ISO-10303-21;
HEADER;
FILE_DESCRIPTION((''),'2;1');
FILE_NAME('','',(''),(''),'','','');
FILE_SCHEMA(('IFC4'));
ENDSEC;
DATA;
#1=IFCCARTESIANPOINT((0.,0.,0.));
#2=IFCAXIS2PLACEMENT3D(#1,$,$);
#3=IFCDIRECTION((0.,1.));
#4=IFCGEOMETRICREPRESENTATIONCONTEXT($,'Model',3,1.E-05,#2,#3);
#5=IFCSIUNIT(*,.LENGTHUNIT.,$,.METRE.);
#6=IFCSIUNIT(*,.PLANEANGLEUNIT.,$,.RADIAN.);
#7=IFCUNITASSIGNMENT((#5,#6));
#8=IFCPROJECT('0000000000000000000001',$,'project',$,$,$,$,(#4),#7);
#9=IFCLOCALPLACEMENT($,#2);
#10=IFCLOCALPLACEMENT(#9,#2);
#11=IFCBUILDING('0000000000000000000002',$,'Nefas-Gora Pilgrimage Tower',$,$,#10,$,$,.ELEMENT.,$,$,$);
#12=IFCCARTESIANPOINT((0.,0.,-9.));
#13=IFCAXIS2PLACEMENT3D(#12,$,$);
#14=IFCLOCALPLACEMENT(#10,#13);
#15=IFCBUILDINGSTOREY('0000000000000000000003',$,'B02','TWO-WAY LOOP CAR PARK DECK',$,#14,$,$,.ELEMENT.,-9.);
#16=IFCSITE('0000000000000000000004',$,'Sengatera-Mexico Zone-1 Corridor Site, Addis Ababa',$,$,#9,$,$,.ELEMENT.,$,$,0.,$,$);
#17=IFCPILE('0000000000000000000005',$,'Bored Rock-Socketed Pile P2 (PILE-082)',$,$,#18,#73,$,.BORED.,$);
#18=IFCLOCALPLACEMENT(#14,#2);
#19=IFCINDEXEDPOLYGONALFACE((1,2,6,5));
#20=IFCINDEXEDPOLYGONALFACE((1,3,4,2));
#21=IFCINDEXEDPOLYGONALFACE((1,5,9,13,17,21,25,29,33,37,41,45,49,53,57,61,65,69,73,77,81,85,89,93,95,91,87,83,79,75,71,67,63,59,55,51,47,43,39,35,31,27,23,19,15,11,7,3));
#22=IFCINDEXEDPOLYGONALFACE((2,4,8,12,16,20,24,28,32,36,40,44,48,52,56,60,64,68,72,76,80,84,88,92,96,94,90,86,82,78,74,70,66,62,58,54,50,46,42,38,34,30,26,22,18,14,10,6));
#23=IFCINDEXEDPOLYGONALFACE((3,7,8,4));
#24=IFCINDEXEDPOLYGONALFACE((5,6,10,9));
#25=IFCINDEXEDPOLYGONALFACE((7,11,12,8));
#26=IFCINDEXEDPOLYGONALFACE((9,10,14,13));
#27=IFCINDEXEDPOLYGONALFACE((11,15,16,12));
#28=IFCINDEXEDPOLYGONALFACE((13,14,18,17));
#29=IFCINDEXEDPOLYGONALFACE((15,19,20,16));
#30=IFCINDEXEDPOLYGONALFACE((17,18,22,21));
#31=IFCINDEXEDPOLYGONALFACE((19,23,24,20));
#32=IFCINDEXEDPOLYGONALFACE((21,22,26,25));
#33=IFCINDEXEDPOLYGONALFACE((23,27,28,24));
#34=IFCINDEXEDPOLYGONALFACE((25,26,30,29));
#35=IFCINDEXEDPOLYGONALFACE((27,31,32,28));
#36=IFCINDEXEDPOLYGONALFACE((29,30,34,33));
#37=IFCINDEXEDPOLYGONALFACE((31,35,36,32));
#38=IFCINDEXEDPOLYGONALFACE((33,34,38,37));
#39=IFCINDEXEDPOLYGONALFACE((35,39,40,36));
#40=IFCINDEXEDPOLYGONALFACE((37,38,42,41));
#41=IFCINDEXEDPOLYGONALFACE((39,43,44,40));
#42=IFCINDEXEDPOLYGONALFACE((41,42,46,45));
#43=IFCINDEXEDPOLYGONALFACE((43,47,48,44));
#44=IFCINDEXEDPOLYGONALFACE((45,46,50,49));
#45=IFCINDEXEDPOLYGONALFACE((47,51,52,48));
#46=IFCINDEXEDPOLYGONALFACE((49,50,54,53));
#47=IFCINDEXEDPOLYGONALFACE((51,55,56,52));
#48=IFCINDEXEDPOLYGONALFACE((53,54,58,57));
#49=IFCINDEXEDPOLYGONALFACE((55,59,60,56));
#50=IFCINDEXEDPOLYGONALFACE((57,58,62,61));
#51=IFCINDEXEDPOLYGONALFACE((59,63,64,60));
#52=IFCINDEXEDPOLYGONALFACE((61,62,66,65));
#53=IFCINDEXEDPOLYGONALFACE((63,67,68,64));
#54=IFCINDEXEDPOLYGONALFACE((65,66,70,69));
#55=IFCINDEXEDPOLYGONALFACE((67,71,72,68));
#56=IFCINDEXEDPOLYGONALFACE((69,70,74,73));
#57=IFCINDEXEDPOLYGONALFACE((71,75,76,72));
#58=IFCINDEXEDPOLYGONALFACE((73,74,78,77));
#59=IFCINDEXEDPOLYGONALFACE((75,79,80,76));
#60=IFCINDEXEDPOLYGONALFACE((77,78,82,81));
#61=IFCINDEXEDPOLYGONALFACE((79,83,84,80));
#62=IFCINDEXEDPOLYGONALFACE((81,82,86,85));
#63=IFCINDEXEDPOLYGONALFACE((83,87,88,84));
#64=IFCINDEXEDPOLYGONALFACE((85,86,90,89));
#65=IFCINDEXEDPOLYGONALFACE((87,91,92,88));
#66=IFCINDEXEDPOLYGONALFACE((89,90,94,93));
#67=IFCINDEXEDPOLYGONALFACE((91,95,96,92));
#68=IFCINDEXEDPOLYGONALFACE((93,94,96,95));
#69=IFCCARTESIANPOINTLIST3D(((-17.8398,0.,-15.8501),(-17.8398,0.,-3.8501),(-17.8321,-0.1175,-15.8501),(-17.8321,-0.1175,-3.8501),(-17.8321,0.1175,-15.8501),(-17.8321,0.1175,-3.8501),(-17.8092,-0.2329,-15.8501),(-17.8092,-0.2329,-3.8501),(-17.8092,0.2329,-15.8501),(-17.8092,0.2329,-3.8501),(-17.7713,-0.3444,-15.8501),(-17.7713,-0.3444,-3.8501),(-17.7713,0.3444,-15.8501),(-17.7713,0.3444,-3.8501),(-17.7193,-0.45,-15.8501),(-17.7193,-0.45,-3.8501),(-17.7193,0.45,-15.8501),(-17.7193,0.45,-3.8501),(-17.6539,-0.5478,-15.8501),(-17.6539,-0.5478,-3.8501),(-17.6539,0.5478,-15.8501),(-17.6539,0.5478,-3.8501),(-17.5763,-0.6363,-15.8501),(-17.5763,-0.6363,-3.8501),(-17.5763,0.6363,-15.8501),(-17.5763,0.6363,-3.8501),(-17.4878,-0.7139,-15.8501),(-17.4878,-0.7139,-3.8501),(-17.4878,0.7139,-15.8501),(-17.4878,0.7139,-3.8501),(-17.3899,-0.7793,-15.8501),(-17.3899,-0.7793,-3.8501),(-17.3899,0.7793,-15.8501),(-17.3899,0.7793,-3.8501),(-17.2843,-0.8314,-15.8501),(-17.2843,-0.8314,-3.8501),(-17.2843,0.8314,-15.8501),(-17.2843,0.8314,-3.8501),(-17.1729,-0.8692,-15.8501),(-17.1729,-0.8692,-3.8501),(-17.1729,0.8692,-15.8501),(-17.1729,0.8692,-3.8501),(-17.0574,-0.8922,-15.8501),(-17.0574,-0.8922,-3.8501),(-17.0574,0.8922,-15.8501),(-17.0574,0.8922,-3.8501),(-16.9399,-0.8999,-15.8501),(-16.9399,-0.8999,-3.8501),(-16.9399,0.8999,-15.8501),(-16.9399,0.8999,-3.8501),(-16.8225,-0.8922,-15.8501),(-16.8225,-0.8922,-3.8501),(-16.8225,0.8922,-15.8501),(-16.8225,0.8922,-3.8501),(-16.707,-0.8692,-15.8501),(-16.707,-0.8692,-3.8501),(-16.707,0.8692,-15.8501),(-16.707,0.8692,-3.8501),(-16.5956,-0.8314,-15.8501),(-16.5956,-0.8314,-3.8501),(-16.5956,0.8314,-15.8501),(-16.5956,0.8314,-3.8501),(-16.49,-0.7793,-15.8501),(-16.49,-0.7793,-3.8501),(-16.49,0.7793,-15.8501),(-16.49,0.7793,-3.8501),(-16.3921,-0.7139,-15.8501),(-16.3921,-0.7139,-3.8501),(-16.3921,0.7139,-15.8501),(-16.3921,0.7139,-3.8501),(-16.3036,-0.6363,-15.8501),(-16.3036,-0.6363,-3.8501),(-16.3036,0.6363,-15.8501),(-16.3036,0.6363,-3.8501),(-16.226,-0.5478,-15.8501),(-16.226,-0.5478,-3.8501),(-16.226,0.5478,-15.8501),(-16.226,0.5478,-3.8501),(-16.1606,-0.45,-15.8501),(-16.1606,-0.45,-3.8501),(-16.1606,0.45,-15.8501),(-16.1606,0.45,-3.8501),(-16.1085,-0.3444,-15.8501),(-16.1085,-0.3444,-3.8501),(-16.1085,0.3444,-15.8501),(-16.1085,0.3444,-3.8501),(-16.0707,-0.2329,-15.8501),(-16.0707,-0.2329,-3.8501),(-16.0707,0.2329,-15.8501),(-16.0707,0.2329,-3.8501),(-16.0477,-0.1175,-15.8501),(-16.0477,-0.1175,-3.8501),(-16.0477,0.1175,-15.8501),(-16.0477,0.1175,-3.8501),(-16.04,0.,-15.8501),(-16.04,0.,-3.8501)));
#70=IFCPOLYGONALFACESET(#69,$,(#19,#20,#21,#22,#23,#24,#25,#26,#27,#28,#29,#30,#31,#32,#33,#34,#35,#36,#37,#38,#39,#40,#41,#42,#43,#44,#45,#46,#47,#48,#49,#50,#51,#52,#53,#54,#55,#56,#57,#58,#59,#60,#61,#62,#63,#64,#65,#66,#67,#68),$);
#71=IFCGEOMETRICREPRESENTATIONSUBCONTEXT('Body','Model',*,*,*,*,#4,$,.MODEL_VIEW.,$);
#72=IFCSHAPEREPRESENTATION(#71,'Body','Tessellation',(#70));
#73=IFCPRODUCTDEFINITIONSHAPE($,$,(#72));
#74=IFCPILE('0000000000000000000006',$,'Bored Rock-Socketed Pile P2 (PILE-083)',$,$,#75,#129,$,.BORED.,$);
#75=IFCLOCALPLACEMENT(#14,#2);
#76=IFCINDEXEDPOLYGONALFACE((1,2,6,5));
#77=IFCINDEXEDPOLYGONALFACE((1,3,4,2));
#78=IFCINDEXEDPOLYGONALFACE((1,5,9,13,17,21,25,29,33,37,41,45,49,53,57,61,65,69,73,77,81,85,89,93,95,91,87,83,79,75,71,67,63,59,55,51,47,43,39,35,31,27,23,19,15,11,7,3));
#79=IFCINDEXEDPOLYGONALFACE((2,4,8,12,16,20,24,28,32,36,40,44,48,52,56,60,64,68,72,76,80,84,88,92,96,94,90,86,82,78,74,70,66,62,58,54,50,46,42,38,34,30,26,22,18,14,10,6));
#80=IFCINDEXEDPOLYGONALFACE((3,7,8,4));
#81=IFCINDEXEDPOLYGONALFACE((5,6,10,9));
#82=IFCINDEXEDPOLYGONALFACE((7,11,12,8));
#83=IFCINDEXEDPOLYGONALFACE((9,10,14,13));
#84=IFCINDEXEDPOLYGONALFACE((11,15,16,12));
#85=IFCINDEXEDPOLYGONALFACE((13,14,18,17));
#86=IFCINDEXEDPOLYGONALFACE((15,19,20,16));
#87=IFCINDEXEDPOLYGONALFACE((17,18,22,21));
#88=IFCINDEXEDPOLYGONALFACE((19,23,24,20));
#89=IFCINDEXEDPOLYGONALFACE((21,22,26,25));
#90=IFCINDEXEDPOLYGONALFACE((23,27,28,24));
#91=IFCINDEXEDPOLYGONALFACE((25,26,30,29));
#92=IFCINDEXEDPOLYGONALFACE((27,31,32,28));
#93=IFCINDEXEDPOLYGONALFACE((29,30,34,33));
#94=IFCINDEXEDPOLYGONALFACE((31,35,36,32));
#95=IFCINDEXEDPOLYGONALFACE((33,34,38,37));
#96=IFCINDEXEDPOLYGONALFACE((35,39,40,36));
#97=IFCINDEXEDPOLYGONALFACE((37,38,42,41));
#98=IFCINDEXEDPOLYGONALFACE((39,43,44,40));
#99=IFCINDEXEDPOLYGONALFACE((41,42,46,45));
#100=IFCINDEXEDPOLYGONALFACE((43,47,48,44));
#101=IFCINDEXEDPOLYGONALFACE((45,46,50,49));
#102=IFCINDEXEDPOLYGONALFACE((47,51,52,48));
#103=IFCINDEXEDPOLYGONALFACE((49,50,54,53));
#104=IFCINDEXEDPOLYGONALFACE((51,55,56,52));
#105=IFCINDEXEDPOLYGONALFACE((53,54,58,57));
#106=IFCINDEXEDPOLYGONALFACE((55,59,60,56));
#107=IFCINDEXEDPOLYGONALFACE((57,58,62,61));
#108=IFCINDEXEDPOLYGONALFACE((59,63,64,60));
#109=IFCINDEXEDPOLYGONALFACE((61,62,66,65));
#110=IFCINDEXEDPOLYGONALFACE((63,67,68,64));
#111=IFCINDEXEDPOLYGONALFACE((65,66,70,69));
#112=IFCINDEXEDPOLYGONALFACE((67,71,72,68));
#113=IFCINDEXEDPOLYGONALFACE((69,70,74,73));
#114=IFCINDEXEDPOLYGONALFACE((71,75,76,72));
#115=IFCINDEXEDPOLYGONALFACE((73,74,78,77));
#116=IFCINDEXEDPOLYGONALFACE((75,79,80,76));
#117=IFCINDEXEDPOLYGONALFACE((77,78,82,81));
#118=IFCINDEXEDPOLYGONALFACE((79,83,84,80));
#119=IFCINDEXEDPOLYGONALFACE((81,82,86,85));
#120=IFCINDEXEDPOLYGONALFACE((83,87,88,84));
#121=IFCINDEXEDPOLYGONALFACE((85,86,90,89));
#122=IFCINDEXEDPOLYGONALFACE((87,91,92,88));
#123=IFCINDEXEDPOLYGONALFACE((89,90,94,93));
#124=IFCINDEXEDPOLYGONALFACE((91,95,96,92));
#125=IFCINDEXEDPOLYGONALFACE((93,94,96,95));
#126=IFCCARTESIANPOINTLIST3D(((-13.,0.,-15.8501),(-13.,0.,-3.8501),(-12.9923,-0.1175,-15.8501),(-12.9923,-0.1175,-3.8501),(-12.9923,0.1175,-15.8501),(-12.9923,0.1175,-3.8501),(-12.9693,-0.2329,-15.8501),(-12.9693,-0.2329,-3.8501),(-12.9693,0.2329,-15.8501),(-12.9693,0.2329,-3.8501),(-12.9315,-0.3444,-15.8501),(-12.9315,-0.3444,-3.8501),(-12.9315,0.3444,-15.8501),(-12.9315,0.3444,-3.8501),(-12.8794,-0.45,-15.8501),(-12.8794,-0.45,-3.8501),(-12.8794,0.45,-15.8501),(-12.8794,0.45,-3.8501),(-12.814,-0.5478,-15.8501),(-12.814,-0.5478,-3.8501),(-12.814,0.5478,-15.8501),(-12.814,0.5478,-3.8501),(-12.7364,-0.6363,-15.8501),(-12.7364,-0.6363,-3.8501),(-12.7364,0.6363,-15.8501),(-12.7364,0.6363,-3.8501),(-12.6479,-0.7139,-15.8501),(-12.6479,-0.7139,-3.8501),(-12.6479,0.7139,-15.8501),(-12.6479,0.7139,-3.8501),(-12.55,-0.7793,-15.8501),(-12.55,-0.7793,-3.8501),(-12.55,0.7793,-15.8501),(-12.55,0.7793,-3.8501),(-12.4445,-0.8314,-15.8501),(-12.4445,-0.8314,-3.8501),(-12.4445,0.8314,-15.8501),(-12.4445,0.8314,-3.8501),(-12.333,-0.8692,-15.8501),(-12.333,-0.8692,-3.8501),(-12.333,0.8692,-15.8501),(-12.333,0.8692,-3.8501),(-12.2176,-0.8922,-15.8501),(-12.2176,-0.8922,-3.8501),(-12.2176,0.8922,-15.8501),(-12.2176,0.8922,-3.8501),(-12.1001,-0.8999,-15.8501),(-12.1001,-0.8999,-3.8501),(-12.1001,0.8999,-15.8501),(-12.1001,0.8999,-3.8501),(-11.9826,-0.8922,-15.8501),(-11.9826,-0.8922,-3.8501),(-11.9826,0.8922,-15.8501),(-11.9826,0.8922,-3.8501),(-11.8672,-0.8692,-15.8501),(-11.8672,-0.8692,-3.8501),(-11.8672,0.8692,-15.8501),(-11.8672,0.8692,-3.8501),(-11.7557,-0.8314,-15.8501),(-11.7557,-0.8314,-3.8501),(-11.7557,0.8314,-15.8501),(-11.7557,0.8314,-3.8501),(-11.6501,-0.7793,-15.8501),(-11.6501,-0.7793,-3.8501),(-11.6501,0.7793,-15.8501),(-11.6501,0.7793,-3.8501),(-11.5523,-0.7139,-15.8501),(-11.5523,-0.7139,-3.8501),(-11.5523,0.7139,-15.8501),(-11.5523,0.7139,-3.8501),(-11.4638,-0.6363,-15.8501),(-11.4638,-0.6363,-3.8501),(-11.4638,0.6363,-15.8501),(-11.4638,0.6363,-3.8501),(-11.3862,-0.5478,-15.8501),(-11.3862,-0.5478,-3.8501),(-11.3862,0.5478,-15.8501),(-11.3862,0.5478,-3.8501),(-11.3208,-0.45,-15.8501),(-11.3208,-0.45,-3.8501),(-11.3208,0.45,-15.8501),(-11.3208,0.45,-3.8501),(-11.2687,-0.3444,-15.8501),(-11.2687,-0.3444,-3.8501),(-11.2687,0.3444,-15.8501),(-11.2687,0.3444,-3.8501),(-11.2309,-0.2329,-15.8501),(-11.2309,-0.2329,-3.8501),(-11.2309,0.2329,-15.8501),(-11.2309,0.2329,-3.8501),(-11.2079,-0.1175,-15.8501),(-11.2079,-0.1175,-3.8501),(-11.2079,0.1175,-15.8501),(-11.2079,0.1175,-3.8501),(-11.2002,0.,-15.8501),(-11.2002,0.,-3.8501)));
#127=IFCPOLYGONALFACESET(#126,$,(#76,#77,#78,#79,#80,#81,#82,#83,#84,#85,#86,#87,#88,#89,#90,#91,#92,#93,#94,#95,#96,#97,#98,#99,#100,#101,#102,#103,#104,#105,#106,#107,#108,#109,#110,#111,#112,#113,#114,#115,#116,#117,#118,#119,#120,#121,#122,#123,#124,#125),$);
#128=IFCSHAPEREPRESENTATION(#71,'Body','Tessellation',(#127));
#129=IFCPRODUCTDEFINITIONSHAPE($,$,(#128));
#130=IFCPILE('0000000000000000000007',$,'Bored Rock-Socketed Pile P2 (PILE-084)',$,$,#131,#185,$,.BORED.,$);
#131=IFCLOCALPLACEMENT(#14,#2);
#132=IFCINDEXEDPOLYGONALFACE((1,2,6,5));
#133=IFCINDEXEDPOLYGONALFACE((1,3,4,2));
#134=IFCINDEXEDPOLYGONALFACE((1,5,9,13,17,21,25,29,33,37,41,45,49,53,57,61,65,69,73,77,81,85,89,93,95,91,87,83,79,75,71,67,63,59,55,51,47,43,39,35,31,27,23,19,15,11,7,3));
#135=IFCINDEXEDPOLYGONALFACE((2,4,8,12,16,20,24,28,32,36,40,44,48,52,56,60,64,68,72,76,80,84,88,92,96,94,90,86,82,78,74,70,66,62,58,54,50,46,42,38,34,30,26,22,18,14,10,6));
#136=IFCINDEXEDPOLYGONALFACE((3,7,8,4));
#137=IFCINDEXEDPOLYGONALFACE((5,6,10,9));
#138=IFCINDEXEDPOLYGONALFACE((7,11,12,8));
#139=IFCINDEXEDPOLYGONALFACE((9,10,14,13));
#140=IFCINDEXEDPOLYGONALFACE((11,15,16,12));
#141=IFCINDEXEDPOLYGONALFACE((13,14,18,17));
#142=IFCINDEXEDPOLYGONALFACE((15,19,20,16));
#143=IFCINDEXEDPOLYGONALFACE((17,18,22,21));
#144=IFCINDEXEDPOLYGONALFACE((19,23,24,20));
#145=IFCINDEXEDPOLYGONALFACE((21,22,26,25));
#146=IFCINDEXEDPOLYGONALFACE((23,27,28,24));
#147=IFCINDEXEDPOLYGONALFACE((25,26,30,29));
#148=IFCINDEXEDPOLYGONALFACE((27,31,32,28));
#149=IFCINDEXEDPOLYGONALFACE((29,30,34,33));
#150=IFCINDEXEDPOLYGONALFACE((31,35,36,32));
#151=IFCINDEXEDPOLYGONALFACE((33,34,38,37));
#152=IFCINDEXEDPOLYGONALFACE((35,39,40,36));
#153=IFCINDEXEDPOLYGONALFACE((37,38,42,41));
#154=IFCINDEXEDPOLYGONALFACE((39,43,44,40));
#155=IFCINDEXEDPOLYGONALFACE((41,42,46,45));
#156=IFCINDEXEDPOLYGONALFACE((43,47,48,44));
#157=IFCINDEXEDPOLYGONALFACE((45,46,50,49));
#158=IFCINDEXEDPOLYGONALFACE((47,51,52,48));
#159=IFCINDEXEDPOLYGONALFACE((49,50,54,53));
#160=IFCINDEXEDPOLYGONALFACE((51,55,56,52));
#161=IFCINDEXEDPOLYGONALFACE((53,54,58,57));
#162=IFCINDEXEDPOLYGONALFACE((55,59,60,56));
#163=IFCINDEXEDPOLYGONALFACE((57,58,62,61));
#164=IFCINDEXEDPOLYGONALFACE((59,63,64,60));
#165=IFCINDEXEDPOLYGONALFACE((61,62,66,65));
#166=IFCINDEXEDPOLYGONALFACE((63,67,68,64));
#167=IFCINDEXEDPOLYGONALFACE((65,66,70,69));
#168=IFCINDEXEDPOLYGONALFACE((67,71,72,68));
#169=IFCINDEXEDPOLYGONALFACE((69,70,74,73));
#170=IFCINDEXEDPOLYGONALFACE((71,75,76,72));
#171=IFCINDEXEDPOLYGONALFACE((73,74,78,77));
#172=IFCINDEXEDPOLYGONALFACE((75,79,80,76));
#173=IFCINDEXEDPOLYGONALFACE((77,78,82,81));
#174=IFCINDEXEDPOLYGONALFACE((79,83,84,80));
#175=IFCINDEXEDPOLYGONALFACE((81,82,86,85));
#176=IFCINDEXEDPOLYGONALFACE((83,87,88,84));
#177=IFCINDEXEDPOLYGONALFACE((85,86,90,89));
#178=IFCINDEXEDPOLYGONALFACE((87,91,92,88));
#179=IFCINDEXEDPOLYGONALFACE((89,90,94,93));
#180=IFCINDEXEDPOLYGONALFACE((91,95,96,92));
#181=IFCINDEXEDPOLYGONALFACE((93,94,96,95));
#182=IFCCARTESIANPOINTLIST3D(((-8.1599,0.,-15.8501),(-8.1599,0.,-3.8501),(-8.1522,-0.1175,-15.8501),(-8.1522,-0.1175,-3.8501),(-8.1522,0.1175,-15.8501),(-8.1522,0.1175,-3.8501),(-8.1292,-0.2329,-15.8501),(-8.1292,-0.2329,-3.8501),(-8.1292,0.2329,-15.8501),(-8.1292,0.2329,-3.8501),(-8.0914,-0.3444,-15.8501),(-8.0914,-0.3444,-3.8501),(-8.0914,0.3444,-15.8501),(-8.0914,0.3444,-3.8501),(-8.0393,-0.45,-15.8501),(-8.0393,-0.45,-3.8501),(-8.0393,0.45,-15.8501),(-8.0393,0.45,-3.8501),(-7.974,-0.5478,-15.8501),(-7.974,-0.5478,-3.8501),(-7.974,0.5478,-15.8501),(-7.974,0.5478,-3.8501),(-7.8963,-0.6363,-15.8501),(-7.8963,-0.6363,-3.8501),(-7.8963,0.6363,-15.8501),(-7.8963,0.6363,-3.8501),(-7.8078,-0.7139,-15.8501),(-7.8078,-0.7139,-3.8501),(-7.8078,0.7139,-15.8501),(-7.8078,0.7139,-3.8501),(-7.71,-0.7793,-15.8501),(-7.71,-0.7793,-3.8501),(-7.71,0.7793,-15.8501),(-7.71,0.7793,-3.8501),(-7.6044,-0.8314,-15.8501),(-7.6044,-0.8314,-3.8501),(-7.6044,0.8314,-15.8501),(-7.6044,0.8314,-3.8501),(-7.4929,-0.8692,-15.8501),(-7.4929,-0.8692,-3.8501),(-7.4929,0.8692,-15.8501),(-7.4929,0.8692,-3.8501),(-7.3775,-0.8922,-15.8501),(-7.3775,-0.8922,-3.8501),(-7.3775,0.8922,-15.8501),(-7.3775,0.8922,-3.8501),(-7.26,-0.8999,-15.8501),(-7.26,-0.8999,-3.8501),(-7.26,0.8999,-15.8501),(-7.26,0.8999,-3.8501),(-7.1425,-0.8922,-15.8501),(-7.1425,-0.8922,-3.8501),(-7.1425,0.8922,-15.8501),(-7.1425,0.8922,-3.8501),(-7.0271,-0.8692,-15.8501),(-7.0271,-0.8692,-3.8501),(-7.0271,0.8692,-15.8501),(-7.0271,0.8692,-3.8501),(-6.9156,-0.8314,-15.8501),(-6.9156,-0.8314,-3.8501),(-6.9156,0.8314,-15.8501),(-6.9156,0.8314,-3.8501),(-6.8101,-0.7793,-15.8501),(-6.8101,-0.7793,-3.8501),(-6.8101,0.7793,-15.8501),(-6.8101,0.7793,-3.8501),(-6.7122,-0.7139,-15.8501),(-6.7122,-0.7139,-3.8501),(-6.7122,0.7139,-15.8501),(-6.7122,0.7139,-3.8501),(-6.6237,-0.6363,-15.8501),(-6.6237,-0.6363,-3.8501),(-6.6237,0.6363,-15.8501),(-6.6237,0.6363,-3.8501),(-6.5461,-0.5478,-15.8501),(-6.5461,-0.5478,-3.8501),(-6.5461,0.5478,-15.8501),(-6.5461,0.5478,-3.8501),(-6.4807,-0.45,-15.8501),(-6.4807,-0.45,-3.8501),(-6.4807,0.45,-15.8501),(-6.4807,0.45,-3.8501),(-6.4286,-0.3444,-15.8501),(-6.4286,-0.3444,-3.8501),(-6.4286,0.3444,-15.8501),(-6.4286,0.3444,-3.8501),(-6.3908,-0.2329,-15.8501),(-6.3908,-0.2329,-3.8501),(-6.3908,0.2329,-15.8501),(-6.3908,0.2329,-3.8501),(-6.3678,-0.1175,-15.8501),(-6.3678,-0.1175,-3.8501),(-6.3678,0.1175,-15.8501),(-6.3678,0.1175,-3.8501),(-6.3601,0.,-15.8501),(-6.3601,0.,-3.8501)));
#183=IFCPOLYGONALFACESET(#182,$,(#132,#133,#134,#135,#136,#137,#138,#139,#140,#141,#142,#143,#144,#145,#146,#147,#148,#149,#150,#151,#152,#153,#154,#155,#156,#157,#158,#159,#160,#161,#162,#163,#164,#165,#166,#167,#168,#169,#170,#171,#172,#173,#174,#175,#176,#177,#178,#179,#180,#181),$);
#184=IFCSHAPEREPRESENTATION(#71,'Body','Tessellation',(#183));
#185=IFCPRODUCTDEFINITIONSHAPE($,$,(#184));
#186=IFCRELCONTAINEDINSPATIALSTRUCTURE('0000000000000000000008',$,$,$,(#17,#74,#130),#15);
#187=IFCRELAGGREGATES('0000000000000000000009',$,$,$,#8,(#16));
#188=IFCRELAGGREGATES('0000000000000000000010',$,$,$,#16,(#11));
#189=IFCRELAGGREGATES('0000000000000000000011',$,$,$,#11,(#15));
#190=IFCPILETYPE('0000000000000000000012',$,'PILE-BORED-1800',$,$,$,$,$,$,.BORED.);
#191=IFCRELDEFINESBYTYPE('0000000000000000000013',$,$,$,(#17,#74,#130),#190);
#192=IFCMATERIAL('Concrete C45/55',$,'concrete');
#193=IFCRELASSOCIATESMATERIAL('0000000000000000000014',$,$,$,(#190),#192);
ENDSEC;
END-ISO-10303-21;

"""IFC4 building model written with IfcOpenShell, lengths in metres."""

from ifc_helpers import new_model, si_unit, direction, frame, origin, origin_2d, place, context, subcontext, project, spatial, circle, extrude, source, transform, mapped, material, material_profile, profile_set, type_object, element, save


model = new_model("IFC4")

# Units and contexts
model_context = context("Model", 3, precision=1e-05, world=origin(), true_north=direction((0.0, 1.0)))
body_context = subcontext(model_context, "Body", "Model", "MODEL_VIEW")
ifc_project = project(units=[si_unit("LENGTHUNIT", "METRE"), si_unit("PLANEANGLEUNIT", "RADIAN")], contexts=[model_context])

# Site, building, storey
site_placement = place(None, origin())
site = spatial("IfcSite", under=ifc_project, at=site_placement, Name="Sengatera-Mexico Zone-1 Corridor Site, Addis Ababa", CompositionType="ELEMENT", RefElevation=0.0)
building_placement = place(site_placement, origin())
building = spatial("IfcBuilding", under=site, at=building_placement, Name="Nefas-Gora Pilgrimage Tower", CompositionType="ELEMENT")
storey_placement = place(building_placement, frame((0.0, 0.0, -9.0)))
storey = spatial("IfcBuildingStorey", under=building, at=storey_placement, Name="B02", Description="TWO-WAY LOOP CAR PARK DECK", CompositionType="ELEMENT", Elevation=-9.0)

# Piles
ifc_material_1 = material(Name="Concrete C45/55", Category="concrete")
ifc_material_profile_1 = material_profile(ifc_material_1, circle(Radius=0.8999, at=origin_2d()), Name="PILE D1800")
ifc_profile_set_1 = profile_set([ifc_material_profile_1], Name="Concrete C45/55")
pile_type_1 = type_object("IfcPileType", Name="PILE-BORED-1800", PredefinedType="BORED", material=ifc_profile_set_1)
shared_shape_1 = source(origin(), body_context, "Body", "SweptSolid", [
    extrude(circle(Radius=0.8999, at=origin_2d()), origin(), (0.0, 0.0, 1.0), 12.0),
])
for number, where, z_axis, x_axis, name in (
    (1, (-16.9399, 0.0, -3.8501), (0.0, 0.0, -1.0), (1.0, 0.0, 0.0), "Bored Rock-Socketed Pile P2 (PILE-082)"),
    (2, (-12.1001, 0.0, -3.8501), (0.0, 0.0, -1.0), (1.0, 0.0, 0.0), "Bored Rock-Socketed Pile P2 (PILE-083)"),
    (3, (-7.26, 0.0, -3.8501), (0.0, 0.0, -1.0), (1.0, 0.0, 0.0), "Bored Rock-Socketed Pile P2 (PILE-084)"),
):
    element("IfcPile", number, at=place(storey_placement, frame(where, z_axis=z_axis, x_axis=x_axis)), inside=storey, type_object=pile_type_1, Name=name, PredefinedType="BORED", context=body_context, shape_type="MappedRepresentation", body=[
        mapped(shared_shape_1, transform((0.0, 0.0, 0.0), x_axis=(1.0, 0.0, 0.0), y_axis=(0.0, 1.0, 0.0), z_axis=(0.0, 0.0, 1.0), scale=1.0)),
    ])

save(model, "model.ifc")
